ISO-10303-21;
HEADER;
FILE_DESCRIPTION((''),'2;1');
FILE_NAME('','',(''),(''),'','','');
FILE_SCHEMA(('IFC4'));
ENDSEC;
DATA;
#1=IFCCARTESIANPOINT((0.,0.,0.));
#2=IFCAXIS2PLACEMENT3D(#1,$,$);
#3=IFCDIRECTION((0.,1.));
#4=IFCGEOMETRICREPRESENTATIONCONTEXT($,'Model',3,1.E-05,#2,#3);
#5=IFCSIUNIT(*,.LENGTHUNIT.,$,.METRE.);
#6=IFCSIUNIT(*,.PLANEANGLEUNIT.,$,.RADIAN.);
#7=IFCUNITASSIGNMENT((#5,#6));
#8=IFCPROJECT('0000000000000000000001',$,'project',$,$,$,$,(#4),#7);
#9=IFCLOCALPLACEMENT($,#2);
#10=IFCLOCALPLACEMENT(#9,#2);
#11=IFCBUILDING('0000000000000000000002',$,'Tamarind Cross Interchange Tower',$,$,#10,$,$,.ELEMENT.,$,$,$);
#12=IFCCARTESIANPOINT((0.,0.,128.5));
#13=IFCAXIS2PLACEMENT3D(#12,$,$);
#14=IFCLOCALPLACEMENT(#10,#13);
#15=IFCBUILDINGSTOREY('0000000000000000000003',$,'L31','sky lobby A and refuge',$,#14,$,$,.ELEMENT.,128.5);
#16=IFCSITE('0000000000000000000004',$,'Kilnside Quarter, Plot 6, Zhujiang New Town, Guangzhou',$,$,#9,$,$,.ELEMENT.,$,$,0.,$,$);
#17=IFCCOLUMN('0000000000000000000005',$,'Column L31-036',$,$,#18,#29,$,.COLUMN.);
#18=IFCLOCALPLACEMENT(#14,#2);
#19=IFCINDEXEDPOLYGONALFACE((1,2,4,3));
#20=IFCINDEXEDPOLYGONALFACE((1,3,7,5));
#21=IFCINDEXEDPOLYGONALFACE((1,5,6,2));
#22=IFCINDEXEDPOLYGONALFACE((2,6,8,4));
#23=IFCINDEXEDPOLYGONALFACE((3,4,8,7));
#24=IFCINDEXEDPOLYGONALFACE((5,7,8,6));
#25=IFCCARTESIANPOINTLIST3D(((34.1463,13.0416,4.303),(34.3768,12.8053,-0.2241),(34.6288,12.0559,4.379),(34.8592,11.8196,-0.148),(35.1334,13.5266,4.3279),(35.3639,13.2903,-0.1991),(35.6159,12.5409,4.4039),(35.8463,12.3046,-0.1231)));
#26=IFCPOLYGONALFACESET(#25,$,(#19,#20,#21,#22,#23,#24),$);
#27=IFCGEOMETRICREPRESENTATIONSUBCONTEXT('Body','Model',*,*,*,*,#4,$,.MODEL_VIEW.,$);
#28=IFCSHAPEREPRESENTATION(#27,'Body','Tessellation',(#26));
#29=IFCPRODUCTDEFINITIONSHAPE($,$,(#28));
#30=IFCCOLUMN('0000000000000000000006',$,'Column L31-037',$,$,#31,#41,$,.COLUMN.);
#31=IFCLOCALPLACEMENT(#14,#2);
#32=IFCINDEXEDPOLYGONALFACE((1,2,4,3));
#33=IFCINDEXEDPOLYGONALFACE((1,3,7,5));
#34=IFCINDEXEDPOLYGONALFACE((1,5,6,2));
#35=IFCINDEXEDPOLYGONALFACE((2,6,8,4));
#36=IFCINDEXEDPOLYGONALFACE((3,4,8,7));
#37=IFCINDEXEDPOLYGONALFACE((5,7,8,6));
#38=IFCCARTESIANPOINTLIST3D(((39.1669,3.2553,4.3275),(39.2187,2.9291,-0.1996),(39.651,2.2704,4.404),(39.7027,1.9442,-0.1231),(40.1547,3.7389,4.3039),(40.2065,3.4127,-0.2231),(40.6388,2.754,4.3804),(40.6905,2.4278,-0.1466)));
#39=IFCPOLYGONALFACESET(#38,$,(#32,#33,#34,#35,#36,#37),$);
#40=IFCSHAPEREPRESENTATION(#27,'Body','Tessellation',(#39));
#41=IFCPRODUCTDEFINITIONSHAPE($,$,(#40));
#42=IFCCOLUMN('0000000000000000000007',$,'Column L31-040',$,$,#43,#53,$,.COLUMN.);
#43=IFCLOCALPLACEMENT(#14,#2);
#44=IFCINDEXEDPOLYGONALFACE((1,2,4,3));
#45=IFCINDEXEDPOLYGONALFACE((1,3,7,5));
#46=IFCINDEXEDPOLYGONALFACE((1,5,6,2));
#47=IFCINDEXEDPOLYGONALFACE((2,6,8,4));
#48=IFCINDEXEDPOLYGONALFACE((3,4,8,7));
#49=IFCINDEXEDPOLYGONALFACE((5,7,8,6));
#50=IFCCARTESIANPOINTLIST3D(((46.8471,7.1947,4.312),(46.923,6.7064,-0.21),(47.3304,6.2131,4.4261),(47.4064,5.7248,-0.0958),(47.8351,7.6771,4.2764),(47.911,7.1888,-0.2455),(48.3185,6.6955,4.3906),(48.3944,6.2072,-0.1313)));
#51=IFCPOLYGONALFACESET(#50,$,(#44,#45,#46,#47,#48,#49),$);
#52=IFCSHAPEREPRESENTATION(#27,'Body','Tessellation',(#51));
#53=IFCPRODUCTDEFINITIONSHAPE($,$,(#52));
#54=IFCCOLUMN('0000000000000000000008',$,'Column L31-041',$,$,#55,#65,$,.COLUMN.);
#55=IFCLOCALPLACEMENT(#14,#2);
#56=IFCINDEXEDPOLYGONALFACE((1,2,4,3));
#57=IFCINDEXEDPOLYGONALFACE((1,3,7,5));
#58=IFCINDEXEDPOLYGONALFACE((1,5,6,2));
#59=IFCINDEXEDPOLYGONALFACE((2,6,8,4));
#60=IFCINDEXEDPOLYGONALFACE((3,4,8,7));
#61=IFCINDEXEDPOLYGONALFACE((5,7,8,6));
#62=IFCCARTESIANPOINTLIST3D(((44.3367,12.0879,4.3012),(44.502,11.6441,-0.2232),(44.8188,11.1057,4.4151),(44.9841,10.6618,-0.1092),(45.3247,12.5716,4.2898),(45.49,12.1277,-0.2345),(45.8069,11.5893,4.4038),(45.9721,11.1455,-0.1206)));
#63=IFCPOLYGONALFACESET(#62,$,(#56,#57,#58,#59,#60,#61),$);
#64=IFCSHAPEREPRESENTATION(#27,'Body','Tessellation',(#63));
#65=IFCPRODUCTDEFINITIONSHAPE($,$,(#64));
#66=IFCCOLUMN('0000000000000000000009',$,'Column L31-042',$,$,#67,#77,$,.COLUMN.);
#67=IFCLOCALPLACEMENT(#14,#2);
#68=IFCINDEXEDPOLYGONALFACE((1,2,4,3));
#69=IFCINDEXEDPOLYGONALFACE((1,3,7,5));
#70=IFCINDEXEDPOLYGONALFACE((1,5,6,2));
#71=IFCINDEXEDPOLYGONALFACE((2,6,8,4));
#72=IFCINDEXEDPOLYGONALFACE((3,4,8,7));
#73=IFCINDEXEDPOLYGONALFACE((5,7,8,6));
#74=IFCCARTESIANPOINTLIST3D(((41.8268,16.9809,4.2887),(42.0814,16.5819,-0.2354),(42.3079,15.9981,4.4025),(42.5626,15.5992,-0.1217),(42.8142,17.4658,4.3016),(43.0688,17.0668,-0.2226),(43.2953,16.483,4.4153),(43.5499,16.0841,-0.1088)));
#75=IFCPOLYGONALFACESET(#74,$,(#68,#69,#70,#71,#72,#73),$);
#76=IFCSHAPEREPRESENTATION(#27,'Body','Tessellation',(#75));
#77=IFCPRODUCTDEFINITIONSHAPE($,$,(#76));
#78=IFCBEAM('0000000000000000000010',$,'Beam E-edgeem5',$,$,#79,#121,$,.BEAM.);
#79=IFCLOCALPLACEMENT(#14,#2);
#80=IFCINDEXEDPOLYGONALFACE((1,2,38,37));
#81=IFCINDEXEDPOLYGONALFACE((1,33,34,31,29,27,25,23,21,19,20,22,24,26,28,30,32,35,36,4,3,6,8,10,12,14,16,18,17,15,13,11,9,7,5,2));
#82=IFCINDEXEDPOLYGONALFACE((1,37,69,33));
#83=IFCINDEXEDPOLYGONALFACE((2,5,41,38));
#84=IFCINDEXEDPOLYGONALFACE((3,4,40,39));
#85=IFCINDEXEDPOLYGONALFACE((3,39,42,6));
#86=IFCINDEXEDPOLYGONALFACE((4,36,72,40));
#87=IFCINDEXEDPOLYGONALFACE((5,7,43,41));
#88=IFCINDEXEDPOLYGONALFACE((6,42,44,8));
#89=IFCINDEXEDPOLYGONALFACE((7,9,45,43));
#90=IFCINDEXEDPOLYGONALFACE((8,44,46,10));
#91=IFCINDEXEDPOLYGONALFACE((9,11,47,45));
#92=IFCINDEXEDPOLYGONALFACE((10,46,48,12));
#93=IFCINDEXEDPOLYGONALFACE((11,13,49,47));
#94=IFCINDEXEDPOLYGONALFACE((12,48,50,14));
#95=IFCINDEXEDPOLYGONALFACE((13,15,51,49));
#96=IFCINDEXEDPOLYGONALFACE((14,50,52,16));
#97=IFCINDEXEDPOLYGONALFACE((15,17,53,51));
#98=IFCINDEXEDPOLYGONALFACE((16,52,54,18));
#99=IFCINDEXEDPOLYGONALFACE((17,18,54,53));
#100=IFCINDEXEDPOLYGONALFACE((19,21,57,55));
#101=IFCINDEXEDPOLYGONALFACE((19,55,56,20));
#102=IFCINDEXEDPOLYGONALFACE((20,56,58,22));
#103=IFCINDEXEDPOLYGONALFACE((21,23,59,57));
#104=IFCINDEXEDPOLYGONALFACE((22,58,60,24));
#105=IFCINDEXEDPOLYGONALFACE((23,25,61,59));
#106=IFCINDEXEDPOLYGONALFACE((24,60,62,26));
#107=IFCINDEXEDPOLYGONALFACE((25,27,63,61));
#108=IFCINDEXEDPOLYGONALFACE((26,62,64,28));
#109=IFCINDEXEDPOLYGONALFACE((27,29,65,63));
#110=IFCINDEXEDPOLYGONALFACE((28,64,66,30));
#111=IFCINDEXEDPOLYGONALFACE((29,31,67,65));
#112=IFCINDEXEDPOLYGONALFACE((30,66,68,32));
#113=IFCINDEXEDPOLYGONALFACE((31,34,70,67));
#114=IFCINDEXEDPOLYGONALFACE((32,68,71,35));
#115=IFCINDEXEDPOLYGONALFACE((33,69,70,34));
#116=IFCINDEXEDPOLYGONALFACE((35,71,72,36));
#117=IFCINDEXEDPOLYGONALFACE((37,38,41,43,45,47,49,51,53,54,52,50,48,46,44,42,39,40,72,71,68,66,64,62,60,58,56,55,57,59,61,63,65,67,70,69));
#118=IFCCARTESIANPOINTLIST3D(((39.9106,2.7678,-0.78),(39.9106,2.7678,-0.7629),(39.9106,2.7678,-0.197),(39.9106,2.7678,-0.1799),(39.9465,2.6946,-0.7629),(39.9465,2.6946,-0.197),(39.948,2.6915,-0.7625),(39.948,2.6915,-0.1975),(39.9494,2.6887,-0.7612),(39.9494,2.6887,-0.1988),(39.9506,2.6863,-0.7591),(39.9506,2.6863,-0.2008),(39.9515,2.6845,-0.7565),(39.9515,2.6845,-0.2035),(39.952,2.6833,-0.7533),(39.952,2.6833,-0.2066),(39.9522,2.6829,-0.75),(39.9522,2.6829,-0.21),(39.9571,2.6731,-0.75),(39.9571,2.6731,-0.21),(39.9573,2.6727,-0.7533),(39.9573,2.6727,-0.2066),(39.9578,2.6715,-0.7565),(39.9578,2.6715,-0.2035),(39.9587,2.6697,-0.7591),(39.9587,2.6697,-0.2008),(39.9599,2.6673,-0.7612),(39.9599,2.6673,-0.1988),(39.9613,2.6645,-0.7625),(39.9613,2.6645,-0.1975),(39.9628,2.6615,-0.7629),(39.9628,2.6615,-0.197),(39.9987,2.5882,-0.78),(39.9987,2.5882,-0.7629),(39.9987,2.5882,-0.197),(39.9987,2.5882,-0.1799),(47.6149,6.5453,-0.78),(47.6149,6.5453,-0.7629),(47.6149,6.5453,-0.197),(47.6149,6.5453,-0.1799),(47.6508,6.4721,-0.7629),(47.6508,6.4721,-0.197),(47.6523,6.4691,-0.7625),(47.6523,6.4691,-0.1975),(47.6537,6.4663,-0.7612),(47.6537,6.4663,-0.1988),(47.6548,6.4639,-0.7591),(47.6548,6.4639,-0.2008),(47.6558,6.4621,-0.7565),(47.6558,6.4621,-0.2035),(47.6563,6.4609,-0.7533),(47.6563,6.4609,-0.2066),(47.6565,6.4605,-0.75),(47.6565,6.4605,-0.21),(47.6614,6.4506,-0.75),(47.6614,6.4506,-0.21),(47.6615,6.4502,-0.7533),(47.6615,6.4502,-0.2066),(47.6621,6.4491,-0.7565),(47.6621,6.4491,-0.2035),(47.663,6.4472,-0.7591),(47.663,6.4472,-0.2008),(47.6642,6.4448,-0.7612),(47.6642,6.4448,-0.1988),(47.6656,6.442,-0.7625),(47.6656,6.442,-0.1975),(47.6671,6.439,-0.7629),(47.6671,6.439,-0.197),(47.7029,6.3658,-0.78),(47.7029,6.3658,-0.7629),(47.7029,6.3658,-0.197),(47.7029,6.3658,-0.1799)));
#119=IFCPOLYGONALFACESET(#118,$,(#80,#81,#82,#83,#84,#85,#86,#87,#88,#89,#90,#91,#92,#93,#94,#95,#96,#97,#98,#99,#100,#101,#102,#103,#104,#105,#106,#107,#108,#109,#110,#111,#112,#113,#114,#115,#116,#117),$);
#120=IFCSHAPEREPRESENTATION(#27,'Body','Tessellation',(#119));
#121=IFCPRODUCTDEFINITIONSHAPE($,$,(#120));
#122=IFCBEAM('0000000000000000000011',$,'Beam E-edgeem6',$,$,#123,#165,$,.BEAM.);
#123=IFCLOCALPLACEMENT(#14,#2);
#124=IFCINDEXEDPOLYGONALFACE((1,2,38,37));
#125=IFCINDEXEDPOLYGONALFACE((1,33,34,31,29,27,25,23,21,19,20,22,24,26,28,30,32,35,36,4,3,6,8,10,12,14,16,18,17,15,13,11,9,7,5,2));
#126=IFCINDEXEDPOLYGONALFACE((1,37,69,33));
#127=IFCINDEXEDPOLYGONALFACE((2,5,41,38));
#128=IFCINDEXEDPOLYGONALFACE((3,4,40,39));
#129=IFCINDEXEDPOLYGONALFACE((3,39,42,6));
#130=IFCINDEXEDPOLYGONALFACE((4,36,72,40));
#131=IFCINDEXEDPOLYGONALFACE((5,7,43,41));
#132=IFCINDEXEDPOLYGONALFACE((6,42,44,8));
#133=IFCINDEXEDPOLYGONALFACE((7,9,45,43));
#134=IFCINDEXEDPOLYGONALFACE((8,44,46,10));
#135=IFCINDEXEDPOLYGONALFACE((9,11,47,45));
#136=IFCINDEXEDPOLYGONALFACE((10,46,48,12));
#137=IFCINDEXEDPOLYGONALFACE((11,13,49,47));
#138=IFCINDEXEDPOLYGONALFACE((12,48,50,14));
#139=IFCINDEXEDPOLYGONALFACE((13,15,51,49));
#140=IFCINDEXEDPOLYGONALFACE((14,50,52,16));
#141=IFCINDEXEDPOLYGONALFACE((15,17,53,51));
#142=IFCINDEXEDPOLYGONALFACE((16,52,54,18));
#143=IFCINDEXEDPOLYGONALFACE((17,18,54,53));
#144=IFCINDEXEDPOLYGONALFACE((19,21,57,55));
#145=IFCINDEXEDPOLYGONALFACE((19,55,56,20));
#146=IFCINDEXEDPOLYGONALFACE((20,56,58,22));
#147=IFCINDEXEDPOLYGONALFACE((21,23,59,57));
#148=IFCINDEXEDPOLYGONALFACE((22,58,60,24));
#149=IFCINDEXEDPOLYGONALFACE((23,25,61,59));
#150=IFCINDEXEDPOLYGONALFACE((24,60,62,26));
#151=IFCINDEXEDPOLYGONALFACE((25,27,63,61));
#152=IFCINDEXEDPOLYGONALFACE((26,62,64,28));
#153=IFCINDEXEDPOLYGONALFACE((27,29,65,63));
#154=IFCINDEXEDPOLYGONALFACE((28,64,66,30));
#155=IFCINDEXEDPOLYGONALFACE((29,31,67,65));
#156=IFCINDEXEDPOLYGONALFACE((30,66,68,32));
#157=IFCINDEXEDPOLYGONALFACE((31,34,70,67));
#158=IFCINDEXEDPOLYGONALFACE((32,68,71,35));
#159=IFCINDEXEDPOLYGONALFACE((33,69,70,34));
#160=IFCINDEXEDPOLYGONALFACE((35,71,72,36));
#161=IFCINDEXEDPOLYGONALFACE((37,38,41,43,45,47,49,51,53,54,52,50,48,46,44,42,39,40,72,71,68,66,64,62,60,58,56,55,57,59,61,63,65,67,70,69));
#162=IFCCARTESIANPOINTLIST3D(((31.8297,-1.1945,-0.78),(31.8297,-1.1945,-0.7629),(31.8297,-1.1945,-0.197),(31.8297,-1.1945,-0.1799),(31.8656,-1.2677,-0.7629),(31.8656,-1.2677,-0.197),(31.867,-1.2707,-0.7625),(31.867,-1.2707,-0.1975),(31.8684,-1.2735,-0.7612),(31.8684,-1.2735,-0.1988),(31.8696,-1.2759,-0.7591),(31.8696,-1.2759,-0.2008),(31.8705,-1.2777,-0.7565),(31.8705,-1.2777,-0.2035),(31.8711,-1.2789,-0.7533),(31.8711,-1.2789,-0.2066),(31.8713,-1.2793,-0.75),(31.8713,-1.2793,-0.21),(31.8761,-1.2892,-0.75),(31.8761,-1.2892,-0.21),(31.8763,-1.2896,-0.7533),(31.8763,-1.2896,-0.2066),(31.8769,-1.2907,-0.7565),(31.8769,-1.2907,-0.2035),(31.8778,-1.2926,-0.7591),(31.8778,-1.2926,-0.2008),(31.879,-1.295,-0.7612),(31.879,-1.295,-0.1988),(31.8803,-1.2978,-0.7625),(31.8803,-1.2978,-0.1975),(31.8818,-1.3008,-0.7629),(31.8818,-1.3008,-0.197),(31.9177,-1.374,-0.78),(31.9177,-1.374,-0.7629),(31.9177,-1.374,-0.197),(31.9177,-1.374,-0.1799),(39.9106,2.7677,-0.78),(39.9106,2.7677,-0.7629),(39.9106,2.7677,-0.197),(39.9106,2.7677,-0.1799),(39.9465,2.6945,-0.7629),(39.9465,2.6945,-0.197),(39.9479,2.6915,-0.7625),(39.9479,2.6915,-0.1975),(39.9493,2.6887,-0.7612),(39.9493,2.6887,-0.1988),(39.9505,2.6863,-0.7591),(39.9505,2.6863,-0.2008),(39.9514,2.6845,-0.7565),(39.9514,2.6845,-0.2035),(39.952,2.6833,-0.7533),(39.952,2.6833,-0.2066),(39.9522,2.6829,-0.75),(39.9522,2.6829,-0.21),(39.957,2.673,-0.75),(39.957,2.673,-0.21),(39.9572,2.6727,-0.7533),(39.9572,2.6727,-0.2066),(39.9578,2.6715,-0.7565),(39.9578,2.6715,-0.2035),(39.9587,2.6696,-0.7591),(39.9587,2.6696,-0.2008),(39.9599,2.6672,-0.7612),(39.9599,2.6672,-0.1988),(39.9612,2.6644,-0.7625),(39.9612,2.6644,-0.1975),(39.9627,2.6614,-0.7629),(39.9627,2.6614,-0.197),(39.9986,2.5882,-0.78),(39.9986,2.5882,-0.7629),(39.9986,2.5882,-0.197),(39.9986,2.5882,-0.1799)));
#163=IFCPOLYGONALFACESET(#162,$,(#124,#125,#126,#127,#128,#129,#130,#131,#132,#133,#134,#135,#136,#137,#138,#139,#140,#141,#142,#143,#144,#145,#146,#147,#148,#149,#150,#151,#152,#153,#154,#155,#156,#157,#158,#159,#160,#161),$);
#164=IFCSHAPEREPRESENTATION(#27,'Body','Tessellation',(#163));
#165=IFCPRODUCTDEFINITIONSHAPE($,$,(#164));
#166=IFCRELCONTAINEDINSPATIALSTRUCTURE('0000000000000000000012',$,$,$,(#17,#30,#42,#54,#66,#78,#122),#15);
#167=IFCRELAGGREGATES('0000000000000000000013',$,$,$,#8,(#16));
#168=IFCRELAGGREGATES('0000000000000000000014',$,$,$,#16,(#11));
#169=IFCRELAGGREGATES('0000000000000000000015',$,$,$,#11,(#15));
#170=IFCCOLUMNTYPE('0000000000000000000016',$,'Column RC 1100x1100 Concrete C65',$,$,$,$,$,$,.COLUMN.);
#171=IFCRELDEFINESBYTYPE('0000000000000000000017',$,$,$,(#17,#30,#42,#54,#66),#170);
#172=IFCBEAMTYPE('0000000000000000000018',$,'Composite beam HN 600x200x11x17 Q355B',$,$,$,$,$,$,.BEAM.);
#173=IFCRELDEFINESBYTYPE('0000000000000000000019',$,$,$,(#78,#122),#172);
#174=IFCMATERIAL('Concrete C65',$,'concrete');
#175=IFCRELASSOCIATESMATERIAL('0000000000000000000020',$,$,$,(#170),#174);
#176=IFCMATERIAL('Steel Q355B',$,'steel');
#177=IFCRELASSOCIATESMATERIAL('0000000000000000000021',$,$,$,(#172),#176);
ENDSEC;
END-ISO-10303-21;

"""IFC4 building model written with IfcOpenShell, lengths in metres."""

from ifc_helpers import new_model, si_unit, direction, frame, origin, origin_2d, place, context, subcontext, project, spatial, rectangle, i_section, extrude, material, material_profile, profile_set, type_object, element, save


model = new_model("IFC4")

# Units and contexts
model_context = context("Model", 3, precision=1e-05, world=origin(), true_north=direction((0.0, 1.0)))
body_context = subcontext(model_context, "Body", "Model", "MODEL_VIEW")
ifc_project = project(units=[si_unit("LENGTHUNIT", "METRE"), si_unit("PLANEANGLEUNIT", "RADIAN")], contexts=[model_context])

# Site, building, storey
site_placement = place(None, origin())
site = spatial("IfcSite", under=ifc_project, at=site_placement, Name="Kilnside Quarter, Plot 6, Zhujiang New Town, Guangzhou", CompositionType="ELEMENT", RefElevation=0.0)
building_placement = place(site_placement, origin())
building = spatial("IfcBuilding", under=site, at=building_placement, Name="Tamarind Cross Interchange Tower", CompositionType="ELEMENT")
storey_placement = place(building_placement, frame((0.0, 0.0, 128.5)))
storey = spatial("IfcBuildingStorey", under=building, at=storey_placement, Name="L31", Description="sky lobby A and refuge", CompositionType="ELEMENT", Elevation=128.5)

# Columns
ifc_material_1 = material(Name="Concrete C65", Category="concrete")
ifc_material_profile_1 = material_profile(ifc_material_1, rectangle(XDim=1.1001, YDim=1.1001, at=origin_2d()), Name="RC 1100x1100")
ifc_profile_set_1 = profile_set([ifc_material_profile_1], Name="Concrete C65")
column_type = type_object("IfcColumnType", Name="Column RC 1100x1100 Concrete C65", PredefinedType="COLUMN", material=ifc_profile_set_1)
for number, where, z_axis, x_axis, name in (
    (1, (35.1116, 12.5549, -0.1736), (-0.050774, 0.052065, 0.997352), (0.438527, -0.896057, 0.069102), "Column L31-036"),
    (2, (39.9546, 2.6785, -0.1731), (-0.011403, 0.071858, 0.99735), (-0.897914, -0.43965, 0.021411), "Column L31-037"),
):
    element("IfcColumn", number, at=place(storey_placement, frame(where, z_axis=z_axis, x_axis=x_axis)), inside=storey, type_object=column_type, Name=name, PredefinedType="COLUMN", context=body_context, shape_type="SweptSolid", body=[
        extrude(rectangle(XDim=1.1001, YDim=1.1001, at=origin_2d()), origin(), (0.0, 0.0, 1.0), 4.5391),
    ])
column_1_placement = place(storey_placement, frame((47.6587, 6.4568, -0.1707), z_axis=(-0.016691, 0.107341, 0.994082), x_axis=(-0.898142, -0.43852, 0.032271)))
element("IfcColumn", 3, at=column_1_placement, inside=storey, type_object=column_type, Name="Column L31-040", PredefinedType="COLUMN", context=body_context, shape_type="SweptSolid", body=[
    extrude(rectangle(XDim=1.1001, YDim=1.1001, at=origin_2d()), origin(), (0.0, 0.0, 1.0), 4.5488),
])
column_2_placement = place(storey_placement, frame((45.2371, 11.3948, -0.1719), z_axis=(-0.036333, 0.097567, 0.994565), x_axis=(-0.89811, -0.43965, 0.010321)))
element("IfcColumn", 4, at=column_2_placement, inside=storey, type_object=column_type, Name="Column L31-041", PredefinedType="COLUMN", context=body_context, shape_type="SweptSolid", body=[
    extrude(rectangle(XDim=1.1001, YDim=1.1001, at=origin_2d()), origin(), (0.0, 0.0, 1.0), 4.5491),
])
column_3_placement = place(storey_placement, frame((42.8157, 16.333, -0.1721), z_axis=(-0.055979, 0.087698, 0.994573), x_axis=(0.437366, -0.893321, 0.103387)))
element("IfcColumn", 5, at=column_3_placement, inside=storey, type_object=column_type, Name="Column L31-042", PredefinedType="COLUMN", context=body_context, shape_type="SweptSolid", body=[
    extrude(rectangle(XDim=1.1001, YDim=1.1001, at=origin_2d()), origin(), (0.0, 0.0, 1.0), 4.5488),
])

# Beams
ifc_material_2 = material(Name="Steel Q355B", Category="steel")
ifc_material_profile_2 = material_profile(ifc_material_2, i_section(OverallWidth=0.2, OverallDepth=0.6001, WebThickness=0.011, FlangeThickness=0.0171, FilletRadius=0.0129, at=origin_2d()), Name="HN 600x200x11x17")
ifc_profile_set_2 = profile_set([ifc_material_profile_2], Name="Steel Q355B")
beam_type_1 = type_object("IfcBeamType", Name="Composite beam HN 600x200x11x17 Q355B", PredefinedType="BEAM", material=ifc_profile_set_2)
beam_1_placement = place(storey_placement, frame((47.6589, 6.4556, -0.48), z_axis=(-0.897877, -0.440246, 0.0), x_axis=(0.440246, -0.897877, 0.0)))
element("IfcBeam", 6, at=beam_1_placement, inside=storey, type_object=beam_type_1, Name="Beam E-edgeem5", PredefinedType="BEAM", context=body_context, shape_type="SweptSolid", body=[
    extrude(i_section(OverallWidth=0.2, OverallDepth=0.6001, WebThickness=0.011, FlangeThickness=0.0171, FilletRadius=0.0129, at=origin_2d()), origin(), (0.0, 0.0, 1.0), 8.5806),
])
beam_2_placement = place(storey_placement, frame((39.9546, 2.678, -0.48), z_axis=(-0.897878, -0.440245, 0.0), x_axis=(0.440245, -0.897878, 0.0)))
element("IfcBeam", 7, at=beam_2_placement, inside=storey, type_object=beam_type_1, Name="Beam E-edgeem6", PredefinedType="BEAM", context=body_context, shape_type="SweptSolid", body=[
    extrude(i_section(OverallWidth=0.2, OverallDepth=0.6001, WebThickness=0.011, FlangeThickness=0.0171, FilletRadius=0.0129, at=origin_2d()), origin(), (0.0, 0.0, 1.0), 9.0),
])

save(model, "model.ifc")
